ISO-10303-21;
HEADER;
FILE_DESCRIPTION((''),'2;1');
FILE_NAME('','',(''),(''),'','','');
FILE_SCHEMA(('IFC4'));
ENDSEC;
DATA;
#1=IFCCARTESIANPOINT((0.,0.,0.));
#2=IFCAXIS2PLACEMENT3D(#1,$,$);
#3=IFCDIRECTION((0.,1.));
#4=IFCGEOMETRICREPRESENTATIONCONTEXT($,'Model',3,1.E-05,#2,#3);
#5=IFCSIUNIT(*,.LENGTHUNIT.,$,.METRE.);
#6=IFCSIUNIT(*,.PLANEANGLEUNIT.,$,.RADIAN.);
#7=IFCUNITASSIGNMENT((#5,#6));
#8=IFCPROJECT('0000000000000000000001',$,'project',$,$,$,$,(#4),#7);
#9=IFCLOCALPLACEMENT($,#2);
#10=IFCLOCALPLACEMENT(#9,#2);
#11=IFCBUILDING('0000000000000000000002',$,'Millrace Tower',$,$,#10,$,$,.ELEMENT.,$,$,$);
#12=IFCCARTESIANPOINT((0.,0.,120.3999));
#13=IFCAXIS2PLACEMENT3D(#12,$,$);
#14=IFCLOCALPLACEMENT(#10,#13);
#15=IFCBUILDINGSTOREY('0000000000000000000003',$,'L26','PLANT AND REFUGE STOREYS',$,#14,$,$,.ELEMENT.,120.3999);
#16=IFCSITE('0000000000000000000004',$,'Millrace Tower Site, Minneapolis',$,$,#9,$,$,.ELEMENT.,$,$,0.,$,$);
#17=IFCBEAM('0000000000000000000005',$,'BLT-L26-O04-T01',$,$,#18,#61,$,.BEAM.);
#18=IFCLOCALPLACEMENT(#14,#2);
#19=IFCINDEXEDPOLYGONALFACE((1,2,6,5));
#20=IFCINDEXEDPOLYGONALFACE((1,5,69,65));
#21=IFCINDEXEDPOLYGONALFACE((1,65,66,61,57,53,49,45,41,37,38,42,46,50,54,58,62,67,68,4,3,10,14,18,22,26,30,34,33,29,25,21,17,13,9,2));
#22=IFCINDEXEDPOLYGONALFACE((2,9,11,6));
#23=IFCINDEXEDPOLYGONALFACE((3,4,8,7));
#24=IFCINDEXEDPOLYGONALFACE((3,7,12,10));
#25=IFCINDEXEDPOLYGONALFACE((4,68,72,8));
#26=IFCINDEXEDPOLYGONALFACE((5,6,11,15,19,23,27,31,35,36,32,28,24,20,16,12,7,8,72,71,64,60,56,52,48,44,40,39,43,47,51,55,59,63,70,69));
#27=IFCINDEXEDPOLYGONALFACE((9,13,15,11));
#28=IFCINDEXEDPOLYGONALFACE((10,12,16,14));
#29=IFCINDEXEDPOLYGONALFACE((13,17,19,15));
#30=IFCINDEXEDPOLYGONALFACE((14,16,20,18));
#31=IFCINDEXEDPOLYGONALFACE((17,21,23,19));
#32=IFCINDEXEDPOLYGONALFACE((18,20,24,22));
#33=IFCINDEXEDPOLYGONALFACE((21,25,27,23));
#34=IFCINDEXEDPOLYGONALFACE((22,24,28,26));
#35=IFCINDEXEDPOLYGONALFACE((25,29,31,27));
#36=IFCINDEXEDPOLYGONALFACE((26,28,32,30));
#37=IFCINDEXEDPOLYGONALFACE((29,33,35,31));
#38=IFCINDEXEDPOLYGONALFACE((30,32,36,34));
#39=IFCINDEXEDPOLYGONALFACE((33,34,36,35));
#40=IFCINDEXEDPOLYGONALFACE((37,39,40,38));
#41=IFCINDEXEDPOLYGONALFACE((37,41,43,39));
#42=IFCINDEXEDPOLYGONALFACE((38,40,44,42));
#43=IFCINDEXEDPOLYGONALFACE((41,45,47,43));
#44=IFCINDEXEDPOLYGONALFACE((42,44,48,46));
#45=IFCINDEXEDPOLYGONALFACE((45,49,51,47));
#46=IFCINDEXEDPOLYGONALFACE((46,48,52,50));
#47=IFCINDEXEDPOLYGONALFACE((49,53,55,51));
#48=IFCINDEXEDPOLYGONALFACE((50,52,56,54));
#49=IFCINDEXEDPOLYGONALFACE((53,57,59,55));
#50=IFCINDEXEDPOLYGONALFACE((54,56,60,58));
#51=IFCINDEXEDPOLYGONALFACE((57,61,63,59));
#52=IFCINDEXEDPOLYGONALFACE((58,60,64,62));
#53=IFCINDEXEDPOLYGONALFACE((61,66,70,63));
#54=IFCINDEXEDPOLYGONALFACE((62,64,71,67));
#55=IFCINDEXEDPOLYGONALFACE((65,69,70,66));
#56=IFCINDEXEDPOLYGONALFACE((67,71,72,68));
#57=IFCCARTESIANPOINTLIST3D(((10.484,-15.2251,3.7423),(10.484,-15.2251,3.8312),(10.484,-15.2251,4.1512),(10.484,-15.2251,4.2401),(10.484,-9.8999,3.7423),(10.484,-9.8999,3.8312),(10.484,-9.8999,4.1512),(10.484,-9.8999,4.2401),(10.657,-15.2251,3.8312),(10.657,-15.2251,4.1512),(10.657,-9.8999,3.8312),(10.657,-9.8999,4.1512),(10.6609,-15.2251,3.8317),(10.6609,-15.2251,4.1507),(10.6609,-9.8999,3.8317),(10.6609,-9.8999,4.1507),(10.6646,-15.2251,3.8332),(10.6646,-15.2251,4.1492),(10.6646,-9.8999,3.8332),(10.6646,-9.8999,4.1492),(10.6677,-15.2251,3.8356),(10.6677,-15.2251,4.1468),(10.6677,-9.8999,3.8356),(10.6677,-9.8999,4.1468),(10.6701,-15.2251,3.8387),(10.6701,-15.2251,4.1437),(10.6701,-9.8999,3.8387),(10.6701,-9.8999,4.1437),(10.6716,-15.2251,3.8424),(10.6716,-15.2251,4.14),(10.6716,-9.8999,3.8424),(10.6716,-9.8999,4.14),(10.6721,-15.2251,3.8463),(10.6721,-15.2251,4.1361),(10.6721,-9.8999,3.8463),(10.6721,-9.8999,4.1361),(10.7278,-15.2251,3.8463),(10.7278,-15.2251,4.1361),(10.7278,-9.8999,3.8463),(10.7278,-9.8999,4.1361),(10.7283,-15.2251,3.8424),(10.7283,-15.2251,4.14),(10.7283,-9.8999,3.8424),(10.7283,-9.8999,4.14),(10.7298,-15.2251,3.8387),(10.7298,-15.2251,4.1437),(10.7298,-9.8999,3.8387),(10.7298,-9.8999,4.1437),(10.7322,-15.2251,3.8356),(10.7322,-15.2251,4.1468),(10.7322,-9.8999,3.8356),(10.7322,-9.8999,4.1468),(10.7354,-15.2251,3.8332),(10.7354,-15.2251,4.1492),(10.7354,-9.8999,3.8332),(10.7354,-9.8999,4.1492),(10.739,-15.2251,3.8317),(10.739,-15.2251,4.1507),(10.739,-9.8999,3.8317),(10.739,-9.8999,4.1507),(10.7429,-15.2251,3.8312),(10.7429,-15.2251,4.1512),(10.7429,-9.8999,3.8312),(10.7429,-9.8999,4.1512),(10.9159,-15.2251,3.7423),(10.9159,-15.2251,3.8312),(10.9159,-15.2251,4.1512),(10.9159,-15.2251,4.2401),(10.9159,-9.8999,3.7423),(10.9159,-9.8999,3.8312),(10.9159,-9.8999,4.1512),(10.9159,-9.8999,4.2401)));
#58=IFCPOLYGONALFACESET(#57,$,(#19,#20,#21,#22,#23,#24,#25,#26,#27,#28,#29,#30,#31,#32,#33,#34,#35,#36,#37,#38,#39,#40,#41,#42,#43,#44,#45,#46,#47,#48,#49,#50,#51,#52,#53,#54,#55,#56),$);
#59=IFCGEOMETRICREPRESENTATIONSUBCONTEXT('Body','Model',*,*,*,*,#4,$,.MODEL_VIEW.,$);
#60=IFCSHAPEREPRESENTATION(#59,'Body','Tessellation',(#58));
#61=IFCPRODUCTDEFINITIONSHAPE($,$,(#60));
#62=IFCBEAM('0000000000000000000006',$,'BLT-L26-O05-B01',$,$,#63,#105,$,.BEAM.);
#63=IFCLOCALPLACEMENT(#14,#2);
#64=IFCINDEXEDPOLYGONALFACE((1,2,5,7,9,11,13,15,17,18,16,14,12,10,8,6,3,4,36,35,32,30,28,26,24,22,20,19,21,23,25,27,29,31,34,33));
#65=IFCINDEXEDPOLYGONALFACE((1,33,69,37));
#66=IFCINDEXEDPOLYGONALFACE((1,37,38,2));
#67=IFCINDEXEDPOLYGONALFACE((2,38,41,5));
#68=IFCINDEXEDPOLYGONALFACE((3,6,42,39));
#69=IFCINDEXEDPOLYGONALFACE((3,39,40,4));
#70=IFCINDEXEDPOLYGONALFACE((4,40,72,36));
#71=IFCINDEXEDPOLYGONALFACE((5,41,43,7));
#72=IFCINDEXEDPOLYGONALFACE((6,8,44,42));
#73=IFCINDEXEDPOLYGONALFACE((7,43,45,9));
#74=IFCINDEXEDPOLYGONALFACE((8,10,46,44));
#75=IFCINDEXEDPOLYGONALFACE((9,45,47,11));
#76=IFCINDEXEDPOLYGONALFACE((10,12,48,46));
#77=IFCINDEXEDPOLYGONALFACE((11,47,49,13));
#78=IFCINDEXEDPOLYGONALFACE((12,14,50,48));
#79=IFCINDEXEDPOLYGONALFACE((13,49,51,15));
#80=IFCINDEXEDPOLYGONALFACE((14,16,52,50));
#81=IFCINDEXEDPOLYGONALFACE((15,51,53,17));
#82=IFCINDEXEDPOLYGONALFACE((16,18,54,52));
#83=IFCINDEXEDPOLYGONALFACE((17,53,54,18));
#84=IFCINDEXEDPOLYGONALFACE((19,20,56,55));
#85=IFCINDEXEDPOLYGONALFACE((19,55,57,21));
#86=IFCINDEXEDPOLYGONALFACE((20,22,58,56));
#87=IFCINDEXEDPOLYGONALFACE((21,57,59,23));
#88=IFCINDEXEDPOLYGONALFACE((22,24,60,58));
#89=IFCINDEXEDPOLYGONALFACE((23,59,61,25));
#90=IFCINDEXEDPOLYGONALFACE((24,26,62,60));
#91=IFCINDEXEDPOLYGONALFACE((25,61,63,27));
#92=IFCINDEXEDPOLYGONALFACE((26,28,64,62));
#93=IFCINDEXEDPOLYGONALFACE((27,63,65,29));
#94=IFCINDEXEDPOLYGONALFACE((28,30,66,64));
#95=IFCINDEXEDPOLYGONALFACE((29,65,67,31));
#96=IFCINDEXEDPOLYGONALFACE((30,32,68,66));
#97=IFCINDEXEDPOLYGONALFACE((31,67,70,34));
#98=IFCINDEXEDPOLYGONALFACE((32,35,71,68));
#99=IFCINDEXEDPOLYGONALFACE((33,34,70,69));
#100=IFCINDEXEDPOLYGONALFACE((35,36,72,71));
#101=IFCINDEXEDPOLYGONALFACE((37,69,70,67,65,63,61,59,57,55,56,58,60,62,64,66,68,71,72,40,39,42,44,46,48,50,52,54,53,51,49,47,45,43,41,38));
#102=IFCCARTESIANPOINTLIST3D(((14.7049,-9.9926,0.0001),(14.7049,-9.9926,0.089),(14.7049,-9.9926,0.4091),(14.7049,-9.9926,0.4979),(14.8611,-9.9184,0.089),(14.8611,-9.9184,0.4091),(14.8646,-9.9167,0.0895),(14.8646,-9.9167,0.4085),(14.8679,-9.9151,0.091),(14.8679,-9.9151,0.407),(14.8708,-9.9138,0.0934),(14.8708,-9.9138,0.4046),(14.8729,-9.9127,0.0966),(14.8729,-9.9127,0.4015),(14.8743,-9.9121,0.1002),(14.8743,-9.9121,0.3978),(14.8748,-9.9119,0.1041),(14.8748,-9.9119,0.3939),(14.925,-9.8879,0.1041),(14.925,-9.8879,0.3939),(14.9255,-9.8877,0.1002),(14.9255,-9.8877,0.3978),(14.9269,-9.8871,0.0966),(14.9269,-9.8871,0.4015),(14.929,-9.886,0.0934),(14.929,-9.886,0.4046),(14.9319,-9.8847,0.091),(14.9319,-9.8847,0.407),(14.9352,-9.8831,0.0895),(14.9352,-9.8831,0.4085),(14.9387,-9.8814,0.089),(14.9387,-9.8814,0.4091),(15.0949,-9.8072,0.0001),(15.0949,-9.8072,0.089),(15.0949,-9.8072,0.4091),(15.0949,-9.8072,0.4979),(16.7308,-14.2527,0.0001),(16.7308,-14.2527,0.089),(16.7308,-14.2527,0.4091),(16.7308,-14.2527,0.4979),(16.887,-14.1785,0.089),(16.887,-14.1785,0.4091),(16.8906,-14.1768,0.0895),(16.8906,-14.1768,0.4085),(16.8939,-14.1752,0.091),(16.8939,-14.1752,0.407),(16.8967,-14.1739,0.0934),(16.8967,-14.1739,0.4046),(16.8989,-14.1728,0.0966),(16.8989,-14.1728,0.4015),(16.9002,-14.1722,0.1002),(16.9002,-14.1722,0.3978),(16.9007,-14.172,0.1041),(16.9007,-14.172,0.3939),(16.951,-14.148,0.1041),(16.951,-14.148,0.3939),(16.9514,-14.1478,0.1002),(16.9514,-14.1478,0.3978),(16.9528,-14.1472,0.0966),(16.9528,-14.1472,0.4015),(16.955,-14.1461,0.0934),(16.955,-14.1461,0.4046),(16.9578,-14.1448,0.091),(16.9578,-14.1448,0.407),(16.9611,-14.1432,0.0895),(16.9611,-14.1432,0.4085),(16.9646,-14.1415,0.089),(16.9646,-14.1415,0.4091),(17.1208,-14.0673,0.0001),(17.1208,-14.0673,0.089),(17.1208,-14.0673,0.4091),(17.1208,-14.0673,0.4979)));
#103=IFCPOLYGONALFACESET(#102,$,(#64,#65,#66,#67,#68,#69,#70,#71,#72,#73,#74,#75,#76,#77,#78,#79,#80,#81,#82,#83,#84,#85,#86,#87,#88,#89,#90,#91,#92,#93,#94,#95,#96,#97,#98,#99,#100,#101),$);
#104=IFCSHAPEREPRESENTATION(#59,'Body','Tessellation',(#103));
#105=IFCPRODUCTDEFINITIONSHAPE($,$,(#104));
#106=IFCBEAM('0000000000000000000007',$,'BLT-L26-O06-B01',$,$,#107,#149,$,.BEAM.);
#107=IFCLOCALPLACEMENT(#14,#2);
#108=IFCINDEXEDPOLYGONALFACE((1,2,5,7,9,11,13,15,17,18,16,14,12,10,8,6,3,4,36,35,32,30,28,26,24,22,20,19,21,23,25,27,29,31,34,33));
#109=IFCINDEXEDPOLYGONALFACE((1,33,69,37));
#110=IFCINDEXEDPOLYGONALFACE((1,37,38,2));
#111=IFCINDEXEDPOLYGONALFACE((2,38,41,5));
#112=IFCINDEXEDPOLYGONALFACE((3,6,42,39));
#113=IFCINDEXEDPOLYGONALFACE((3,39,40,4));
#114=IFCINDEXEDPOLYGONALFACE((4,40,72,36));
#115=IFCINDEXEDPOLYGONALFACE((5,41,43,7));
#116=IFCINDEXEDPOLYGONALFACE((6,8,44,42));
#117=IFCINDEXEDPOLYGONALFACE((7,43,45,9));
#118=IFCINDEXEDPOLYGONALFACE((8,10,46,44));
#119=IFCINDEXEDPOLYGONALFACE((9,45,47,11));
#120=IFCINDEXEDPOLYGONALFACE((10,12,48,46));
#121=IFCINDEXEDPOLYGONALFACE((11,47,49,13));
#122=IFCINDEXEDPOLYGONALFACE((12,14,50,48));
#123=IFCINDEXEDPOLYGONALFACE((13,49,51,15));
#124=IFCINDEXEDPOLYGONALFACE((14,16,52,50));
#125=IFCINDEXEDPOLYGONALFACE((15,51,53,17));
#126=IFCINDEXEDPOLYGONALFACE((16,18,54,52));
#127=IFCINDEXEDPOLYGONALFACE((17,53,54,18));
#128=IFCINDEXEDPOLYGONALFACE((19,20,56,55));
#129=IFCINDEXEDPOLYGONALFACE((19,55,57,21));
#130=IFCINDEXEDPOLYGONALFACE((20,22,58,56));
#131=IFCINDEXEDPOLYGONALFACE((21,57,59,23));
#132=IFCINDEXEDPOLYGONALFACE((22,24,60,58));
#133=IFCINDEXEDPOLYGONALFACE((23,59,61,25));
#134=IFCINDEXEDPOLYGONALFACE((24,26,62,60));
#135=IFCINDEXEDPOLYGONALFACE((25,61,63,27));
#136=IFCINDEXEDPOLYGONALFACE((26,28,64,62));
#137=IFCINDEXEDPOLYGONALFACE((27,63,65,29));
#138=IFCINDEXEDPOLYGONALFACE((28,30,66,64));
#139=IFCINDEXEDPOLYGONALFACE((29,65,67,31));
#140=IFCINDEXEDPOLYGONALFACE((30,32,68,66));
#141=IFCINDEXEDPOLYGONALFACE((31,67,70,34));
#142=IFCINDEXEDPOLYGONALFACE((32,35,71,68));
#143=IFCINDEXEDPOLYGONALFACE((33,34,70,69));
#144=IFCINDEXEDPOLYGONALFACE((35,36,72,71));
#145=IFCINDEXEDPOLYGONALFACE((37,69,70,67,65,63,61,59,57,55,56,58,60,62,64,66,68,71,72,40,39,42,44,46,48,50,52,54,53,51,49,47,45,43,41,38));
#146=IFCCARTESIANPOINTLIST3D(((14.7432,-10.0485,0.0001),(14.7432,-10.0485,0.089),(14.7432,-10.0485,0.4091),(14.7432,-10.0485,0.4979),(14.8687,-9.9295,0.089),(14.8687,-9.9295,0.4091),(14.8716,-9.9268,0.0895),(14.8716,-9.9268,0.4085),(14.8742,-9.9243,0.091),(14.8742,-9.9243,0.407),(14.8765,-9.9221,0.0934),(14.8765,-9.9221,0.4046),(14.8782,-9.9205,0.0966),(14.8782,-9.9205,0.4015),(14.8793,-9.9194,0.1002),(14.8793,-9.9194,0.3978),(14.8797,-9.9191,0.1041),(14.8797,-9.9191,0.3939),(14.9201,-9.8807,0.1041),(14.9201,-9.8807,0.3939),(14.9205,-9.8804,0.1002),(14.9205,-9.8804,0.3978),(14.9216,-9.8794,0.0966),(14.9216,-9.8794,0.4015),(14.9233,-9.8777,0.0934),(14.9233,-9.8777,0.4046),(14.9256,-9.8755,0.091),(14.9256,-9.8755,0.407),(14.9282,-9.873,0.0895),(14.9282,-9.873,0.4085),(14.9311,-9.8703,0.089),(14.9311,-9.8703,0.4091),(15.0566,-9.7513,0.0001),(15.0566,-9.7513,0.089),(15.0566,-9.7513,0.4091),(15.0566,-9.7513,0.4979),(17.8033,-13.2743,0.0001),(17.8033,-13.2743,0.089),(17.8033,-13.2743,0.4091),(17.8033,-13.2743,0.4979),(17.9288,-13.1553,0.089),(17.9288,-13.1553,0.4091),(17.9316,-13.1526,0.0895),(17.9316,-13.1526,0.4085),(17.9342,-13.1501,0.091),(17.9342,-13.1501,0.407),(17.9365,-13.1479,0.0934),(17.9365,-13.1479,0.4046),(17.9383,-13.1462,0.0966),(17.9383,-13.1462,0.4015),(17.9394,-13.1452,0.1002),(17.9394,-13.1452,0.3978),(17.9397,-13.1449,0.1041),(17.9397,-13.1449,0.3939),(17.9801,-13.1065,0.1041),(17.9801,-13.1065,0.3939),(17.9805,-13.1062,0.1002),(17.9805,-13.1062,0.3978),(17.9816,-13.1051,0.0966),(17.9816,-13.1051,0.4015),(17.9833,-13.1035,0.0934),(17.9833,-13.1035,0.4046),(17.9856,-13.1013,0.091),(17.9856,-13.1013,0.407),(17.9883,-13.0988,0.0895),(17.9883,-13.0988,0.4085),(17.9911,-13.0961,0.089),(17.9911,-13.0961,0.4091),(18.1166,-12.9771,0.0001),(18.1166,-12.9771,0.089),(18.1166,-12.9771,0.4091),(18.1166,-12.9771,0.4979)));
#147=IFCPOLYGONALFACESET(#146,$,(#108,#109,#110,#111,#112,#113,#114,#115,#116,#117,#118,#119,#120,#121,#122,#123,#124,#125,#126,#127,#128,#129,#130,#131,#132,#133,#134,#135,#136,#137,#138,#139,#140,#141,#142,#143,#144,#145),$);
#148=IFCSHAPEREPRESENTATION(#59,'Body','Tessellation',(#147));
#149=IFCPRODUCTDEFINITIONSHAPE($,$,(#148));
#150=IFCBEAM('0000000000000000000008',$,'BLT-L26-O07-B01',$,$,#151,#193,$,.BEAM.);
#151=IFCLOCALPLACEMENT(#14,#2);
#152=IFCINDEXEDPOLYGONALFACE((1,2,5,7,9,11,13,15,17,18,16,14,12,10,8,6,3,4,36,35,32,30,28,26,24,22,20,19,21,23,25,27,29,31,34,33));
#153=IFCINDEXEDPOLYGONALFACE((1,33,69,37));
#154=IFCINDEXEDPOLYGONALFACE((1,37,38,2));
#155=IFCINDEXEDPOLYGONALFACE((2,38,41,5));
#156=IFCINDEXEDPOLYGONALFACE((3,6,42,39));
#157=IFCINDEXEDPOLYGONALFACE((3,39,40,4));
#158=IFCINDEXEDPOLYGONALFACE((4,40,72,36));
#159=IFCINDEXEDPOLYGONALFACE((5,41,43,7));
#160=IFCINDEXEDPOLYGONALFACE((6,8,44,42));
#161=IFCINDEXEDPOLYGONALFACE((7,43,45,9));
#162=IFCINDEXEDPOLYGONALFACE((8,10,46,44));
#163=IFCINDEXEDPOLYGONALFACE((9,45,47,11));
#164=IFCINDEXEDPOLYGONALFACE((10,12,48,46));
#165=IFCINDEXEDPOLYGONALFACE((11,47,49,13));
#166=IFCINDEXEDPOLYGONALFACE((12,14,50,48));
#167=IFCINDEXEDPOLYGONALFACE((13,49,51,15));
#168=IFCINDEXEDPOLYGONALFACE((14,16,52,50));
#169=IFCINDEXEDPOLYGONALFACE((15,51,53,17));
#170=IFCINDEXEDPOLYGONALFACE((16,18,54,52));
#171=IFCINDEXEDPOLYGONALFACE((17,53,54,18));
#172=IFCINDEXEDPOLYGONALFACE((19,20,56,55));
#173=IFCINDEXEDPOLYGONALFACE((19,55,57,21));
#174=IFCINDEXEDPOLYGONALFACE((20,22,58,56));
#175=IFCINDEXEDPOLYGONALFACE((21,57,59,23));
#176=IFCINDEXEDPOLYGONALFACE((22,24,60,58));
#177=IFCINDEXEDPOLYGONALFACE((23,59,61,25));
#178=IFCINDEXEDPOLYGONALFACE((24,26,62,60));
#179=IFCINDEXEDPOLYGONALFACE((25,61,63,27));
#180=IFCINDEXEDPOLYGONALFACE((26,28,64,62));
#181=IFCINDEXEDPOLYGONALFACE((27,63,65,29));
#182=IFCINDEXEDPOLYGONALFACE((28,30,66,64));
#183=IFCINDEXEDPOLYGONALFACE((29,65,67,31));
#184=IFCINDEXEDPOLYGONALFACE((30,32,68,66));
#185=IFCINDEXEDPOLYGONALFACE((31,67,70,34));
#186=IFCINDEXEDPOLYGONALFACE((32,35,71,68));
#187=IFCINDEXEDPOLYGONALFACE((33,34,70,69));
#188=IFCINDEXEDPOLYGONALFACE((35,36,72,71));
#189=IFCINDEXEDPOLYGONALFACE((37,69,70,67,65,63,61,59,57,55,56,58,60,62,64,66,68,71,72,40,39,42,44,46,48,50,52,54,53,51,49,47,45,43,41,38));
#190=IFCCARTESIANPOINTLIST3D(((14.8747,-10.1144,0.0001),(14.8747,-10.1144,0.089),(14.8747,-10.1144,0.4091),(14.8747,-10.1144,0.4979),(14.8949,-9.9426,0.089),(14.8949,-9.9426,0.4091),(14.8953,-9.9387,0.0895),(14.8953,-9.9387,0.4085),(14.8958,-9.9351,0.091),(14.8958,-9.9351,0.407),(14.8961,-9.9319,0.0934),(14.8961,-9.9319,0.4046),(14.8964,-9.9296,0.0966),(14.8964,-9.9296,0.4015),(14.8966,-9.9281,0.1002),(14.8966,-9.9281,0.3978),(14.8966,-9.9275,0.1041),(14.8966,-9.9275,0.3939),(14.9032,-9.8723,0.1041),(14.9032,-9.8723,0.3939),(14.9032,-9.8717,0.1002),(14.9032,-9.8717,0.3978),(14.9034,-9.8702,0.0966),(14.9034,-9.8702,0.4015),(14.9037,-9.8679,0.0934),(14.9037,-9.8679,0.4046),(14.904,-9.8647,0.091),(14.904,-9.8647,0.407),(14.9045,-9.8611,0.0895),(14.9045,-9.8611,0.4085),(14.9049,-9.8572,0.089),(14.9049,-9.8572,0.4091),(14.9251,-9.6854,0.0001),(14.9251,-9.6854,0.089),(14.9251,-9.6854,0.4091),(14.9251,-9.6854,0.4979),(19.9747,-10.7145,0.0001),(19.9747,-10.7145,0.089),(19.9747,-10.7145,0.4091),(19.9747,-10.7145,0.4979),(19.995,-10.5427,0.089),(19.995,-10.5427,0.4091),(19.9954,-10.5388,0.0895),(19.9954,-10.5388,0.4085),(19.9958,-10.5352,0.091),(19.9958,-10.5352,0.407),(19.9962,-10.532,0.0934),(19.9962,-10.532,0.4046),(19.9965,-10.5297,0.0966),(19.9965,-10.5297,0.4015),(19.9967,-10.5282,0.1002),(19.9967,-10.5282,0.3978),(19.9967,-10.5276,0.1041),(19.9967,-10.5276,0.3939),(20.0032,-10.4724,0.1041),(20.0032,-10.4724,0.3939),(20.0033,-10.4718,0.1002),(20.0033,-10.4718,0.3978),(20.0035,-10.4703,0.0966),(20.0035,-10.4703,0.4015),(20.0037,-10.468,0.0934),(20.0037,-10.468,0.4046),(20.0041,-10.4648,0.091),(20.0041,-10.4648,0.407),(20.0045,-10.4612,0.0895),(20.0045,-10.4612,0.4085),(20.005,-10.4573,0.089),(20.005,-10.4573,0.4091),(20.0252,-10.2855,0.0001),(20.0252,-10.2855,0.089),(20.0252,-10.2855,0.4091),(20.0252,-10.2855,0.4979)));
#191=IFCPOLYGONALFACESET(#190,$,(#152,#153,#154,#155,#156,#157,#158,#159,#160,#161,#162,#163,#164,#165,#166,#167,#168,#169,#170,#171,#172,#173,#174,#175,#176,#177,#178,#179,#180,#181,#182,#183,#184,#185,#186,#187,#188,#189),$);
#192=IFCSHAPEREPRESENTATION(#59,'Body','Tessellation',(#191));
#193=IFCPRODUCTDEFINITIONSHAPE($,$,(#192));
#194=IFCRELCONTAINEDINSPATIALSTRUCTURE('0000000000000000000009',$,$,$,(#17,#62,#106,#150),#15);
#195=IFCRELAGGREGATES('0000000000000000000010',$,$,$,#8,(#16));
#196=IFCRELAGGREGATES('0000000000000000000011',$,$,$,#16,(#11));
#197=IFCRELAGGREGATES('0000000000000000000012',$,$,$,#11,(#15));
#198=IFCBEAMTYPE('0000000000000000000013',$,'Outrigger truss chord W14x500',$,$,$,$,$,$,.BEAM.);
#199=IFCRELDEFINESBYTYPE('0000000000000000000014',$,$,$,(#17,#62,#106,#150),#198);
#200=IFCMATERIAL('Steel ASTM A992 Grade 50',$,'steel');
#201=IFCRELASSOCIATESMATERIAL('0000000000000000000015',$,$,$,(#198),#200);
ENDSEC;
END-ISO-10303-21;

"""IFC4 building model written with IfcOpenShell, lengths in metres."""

from ifc_helpers import new_model, si_unit, direction, frame, origin, origin_2d, place, context, subcontext, project, spatial, i_section, extrude, material, material_profile, profile_set, type_object, element, save


model = new_model("IFC4")

# Units and contexts
model_context = context("Model", 3, precision=1e-05, world=origin(), true_north=direction((0.0, 1.0)))
body_context = subcontext(model_context, "Body", "Model", "MODEL_VIEW")
ifc_project = project(units=[si_unit("LENGTHUNIT", "METRE"), si_unit("PLANEANGLEUNIT", "RADIAN")], contexts=[model_context])

# Site, building, storey
site_placement = place(None, origin())
site = spatial("IfcSite", under=ifc_project, at=site_placement, Name="Millrace Tower Site, Minneapolis", CompositionType="ELEMENT", RefElevation=0.0)
building_placement = place(site_placement, origin())
building = spatial("IfcBuilding", under=site, at=building_placement, Name="Millrace Tower", CompositionType="ELEMENT")
storey_placement = place(building_placement, frame((0.0, 0.0, 120.3999)))
storey = spatial("IfcBuildingStorey", under=building, at=storey_placement, Name="L26", Description="PLANT AND REFUGE STOREYS", CompositionType="ELEMENT", Elevation=120.3999)

# Beams
ifc_material_1 = material(Name="Steel ASTM A992 Grade 50", Category="steel")
ifc_material_profile_1 = material_profile(ifc_material_1, i_section(OverallWidth=0.4319, OverallDepth=0.4978, WebThickness=0.0557, FlangeThickness=0.0889, FilletRadius=0.0151, at=origin_2d()))
ifc_profile_set_1 = profile_set([ifc_material_profile_1], Name="Steel ASTM A992 Grade 50")
beam_type_1 = type_object("IfcBeamType", Name="Outrigger truss chord W14x500", PredefinedType="BEAM", material=ifc_profile_set_1)
for number, where, z_axis, x_axis, name in (
    (1, (10.7, -9.8999, 3.9912), (0.0, -1.0, 0.0), (1.0, 0.0, 0.0), "BLT-L26-O04-T01"),
):
    element("IfcBeam", number, at=place(storey_placement, frame(where, z_axis=z_axis, x_axis=x_axis)), inside=storey, type_object=beam_type_1, Name=name, PredefinedType="BEAM", context=body_context, shape_type="SweptSolid", body=[
        extrude(i_section(OverallWidth=0.4319, OverallDepth=0.4978, WebThickness=0.0557, FlangeThickness=0.0889, FilletRadius=0.0151, at=origin_2d()), origin(), (0.0, 0.0, 1.0), 5.3252),
    ])
beam_1_placement = place(storey_placement, frame((14.8999, -9.8999, 0.249), z_axis=(0.429467, -0.903082, 0.0), x_axis=(0.903082, 0.429467, 0.0)))
element("IfcBeam", 2, at=beam_1_placement, inside=storey, type_object=beam_type_1, Name="BLT-L26-O05-B01", PredefinedType="BEAM", context=body_context, shape_type="SweptSolid", body=[
    extrude(i_section(OverallWidth=0.4319, OverallDepth=0.4978, WebThickness=0.0557, FlangeThickness=0.0889, FilletRadius=0.0151, at=origin_2d()), origin(), (0.0, 0.0, 1.0), 4.7173),
])
beam_2_placement = place(storey_placement, frame((14.8999, -9.8999, 0.249), z_axis=(0.68822, -0.725502, 0.0), x_axis=(0.725502, 0.68822, 0.0)))
element("IfcBeam", 3, at=beam_2_placement, inside=storey, type_object=beam_type_1, Name="BLT-L26-O06-B01", PredefinedType="BEAM", context=body_context, shape_type="SweptSolid", body=[
    extrude(i_section(OverallWidth=0.4319, OverallDepth=0.4978, WebThickness=0.0557, FlangeThickness=0.0889, FilletRadius=0.0151, at=origin_2d()), origin(), (0.0, 0.0, 1.0), 4.4463),
])
beam_3_placement = place(storey_placement, frame((14.8999, -9.8999, 0.249), z_axis=(0.993149, -0.116858, 0.0), x_axis=(0.116858, 0.993149, 0.0)))
element("IfcBeam", 4, at=beam_3_placement, inside=storey, type_object=beam_type_1, Name="BLT-L26-O07-B01", PredefinedType="BEAM", context=body_context, shape_type="SweptSolid", body=[
    extrude(i_section(OverallWidth=0.4319, OverallDepth=0.4978, WebThickness=0.0557, FlangeThickness=0.0889, FilletRadius=0.0151, at=origin_2d()), origin(), (0.0, 0.0, 1.0), 5.1353),
])

save(model, "model.ifc")
